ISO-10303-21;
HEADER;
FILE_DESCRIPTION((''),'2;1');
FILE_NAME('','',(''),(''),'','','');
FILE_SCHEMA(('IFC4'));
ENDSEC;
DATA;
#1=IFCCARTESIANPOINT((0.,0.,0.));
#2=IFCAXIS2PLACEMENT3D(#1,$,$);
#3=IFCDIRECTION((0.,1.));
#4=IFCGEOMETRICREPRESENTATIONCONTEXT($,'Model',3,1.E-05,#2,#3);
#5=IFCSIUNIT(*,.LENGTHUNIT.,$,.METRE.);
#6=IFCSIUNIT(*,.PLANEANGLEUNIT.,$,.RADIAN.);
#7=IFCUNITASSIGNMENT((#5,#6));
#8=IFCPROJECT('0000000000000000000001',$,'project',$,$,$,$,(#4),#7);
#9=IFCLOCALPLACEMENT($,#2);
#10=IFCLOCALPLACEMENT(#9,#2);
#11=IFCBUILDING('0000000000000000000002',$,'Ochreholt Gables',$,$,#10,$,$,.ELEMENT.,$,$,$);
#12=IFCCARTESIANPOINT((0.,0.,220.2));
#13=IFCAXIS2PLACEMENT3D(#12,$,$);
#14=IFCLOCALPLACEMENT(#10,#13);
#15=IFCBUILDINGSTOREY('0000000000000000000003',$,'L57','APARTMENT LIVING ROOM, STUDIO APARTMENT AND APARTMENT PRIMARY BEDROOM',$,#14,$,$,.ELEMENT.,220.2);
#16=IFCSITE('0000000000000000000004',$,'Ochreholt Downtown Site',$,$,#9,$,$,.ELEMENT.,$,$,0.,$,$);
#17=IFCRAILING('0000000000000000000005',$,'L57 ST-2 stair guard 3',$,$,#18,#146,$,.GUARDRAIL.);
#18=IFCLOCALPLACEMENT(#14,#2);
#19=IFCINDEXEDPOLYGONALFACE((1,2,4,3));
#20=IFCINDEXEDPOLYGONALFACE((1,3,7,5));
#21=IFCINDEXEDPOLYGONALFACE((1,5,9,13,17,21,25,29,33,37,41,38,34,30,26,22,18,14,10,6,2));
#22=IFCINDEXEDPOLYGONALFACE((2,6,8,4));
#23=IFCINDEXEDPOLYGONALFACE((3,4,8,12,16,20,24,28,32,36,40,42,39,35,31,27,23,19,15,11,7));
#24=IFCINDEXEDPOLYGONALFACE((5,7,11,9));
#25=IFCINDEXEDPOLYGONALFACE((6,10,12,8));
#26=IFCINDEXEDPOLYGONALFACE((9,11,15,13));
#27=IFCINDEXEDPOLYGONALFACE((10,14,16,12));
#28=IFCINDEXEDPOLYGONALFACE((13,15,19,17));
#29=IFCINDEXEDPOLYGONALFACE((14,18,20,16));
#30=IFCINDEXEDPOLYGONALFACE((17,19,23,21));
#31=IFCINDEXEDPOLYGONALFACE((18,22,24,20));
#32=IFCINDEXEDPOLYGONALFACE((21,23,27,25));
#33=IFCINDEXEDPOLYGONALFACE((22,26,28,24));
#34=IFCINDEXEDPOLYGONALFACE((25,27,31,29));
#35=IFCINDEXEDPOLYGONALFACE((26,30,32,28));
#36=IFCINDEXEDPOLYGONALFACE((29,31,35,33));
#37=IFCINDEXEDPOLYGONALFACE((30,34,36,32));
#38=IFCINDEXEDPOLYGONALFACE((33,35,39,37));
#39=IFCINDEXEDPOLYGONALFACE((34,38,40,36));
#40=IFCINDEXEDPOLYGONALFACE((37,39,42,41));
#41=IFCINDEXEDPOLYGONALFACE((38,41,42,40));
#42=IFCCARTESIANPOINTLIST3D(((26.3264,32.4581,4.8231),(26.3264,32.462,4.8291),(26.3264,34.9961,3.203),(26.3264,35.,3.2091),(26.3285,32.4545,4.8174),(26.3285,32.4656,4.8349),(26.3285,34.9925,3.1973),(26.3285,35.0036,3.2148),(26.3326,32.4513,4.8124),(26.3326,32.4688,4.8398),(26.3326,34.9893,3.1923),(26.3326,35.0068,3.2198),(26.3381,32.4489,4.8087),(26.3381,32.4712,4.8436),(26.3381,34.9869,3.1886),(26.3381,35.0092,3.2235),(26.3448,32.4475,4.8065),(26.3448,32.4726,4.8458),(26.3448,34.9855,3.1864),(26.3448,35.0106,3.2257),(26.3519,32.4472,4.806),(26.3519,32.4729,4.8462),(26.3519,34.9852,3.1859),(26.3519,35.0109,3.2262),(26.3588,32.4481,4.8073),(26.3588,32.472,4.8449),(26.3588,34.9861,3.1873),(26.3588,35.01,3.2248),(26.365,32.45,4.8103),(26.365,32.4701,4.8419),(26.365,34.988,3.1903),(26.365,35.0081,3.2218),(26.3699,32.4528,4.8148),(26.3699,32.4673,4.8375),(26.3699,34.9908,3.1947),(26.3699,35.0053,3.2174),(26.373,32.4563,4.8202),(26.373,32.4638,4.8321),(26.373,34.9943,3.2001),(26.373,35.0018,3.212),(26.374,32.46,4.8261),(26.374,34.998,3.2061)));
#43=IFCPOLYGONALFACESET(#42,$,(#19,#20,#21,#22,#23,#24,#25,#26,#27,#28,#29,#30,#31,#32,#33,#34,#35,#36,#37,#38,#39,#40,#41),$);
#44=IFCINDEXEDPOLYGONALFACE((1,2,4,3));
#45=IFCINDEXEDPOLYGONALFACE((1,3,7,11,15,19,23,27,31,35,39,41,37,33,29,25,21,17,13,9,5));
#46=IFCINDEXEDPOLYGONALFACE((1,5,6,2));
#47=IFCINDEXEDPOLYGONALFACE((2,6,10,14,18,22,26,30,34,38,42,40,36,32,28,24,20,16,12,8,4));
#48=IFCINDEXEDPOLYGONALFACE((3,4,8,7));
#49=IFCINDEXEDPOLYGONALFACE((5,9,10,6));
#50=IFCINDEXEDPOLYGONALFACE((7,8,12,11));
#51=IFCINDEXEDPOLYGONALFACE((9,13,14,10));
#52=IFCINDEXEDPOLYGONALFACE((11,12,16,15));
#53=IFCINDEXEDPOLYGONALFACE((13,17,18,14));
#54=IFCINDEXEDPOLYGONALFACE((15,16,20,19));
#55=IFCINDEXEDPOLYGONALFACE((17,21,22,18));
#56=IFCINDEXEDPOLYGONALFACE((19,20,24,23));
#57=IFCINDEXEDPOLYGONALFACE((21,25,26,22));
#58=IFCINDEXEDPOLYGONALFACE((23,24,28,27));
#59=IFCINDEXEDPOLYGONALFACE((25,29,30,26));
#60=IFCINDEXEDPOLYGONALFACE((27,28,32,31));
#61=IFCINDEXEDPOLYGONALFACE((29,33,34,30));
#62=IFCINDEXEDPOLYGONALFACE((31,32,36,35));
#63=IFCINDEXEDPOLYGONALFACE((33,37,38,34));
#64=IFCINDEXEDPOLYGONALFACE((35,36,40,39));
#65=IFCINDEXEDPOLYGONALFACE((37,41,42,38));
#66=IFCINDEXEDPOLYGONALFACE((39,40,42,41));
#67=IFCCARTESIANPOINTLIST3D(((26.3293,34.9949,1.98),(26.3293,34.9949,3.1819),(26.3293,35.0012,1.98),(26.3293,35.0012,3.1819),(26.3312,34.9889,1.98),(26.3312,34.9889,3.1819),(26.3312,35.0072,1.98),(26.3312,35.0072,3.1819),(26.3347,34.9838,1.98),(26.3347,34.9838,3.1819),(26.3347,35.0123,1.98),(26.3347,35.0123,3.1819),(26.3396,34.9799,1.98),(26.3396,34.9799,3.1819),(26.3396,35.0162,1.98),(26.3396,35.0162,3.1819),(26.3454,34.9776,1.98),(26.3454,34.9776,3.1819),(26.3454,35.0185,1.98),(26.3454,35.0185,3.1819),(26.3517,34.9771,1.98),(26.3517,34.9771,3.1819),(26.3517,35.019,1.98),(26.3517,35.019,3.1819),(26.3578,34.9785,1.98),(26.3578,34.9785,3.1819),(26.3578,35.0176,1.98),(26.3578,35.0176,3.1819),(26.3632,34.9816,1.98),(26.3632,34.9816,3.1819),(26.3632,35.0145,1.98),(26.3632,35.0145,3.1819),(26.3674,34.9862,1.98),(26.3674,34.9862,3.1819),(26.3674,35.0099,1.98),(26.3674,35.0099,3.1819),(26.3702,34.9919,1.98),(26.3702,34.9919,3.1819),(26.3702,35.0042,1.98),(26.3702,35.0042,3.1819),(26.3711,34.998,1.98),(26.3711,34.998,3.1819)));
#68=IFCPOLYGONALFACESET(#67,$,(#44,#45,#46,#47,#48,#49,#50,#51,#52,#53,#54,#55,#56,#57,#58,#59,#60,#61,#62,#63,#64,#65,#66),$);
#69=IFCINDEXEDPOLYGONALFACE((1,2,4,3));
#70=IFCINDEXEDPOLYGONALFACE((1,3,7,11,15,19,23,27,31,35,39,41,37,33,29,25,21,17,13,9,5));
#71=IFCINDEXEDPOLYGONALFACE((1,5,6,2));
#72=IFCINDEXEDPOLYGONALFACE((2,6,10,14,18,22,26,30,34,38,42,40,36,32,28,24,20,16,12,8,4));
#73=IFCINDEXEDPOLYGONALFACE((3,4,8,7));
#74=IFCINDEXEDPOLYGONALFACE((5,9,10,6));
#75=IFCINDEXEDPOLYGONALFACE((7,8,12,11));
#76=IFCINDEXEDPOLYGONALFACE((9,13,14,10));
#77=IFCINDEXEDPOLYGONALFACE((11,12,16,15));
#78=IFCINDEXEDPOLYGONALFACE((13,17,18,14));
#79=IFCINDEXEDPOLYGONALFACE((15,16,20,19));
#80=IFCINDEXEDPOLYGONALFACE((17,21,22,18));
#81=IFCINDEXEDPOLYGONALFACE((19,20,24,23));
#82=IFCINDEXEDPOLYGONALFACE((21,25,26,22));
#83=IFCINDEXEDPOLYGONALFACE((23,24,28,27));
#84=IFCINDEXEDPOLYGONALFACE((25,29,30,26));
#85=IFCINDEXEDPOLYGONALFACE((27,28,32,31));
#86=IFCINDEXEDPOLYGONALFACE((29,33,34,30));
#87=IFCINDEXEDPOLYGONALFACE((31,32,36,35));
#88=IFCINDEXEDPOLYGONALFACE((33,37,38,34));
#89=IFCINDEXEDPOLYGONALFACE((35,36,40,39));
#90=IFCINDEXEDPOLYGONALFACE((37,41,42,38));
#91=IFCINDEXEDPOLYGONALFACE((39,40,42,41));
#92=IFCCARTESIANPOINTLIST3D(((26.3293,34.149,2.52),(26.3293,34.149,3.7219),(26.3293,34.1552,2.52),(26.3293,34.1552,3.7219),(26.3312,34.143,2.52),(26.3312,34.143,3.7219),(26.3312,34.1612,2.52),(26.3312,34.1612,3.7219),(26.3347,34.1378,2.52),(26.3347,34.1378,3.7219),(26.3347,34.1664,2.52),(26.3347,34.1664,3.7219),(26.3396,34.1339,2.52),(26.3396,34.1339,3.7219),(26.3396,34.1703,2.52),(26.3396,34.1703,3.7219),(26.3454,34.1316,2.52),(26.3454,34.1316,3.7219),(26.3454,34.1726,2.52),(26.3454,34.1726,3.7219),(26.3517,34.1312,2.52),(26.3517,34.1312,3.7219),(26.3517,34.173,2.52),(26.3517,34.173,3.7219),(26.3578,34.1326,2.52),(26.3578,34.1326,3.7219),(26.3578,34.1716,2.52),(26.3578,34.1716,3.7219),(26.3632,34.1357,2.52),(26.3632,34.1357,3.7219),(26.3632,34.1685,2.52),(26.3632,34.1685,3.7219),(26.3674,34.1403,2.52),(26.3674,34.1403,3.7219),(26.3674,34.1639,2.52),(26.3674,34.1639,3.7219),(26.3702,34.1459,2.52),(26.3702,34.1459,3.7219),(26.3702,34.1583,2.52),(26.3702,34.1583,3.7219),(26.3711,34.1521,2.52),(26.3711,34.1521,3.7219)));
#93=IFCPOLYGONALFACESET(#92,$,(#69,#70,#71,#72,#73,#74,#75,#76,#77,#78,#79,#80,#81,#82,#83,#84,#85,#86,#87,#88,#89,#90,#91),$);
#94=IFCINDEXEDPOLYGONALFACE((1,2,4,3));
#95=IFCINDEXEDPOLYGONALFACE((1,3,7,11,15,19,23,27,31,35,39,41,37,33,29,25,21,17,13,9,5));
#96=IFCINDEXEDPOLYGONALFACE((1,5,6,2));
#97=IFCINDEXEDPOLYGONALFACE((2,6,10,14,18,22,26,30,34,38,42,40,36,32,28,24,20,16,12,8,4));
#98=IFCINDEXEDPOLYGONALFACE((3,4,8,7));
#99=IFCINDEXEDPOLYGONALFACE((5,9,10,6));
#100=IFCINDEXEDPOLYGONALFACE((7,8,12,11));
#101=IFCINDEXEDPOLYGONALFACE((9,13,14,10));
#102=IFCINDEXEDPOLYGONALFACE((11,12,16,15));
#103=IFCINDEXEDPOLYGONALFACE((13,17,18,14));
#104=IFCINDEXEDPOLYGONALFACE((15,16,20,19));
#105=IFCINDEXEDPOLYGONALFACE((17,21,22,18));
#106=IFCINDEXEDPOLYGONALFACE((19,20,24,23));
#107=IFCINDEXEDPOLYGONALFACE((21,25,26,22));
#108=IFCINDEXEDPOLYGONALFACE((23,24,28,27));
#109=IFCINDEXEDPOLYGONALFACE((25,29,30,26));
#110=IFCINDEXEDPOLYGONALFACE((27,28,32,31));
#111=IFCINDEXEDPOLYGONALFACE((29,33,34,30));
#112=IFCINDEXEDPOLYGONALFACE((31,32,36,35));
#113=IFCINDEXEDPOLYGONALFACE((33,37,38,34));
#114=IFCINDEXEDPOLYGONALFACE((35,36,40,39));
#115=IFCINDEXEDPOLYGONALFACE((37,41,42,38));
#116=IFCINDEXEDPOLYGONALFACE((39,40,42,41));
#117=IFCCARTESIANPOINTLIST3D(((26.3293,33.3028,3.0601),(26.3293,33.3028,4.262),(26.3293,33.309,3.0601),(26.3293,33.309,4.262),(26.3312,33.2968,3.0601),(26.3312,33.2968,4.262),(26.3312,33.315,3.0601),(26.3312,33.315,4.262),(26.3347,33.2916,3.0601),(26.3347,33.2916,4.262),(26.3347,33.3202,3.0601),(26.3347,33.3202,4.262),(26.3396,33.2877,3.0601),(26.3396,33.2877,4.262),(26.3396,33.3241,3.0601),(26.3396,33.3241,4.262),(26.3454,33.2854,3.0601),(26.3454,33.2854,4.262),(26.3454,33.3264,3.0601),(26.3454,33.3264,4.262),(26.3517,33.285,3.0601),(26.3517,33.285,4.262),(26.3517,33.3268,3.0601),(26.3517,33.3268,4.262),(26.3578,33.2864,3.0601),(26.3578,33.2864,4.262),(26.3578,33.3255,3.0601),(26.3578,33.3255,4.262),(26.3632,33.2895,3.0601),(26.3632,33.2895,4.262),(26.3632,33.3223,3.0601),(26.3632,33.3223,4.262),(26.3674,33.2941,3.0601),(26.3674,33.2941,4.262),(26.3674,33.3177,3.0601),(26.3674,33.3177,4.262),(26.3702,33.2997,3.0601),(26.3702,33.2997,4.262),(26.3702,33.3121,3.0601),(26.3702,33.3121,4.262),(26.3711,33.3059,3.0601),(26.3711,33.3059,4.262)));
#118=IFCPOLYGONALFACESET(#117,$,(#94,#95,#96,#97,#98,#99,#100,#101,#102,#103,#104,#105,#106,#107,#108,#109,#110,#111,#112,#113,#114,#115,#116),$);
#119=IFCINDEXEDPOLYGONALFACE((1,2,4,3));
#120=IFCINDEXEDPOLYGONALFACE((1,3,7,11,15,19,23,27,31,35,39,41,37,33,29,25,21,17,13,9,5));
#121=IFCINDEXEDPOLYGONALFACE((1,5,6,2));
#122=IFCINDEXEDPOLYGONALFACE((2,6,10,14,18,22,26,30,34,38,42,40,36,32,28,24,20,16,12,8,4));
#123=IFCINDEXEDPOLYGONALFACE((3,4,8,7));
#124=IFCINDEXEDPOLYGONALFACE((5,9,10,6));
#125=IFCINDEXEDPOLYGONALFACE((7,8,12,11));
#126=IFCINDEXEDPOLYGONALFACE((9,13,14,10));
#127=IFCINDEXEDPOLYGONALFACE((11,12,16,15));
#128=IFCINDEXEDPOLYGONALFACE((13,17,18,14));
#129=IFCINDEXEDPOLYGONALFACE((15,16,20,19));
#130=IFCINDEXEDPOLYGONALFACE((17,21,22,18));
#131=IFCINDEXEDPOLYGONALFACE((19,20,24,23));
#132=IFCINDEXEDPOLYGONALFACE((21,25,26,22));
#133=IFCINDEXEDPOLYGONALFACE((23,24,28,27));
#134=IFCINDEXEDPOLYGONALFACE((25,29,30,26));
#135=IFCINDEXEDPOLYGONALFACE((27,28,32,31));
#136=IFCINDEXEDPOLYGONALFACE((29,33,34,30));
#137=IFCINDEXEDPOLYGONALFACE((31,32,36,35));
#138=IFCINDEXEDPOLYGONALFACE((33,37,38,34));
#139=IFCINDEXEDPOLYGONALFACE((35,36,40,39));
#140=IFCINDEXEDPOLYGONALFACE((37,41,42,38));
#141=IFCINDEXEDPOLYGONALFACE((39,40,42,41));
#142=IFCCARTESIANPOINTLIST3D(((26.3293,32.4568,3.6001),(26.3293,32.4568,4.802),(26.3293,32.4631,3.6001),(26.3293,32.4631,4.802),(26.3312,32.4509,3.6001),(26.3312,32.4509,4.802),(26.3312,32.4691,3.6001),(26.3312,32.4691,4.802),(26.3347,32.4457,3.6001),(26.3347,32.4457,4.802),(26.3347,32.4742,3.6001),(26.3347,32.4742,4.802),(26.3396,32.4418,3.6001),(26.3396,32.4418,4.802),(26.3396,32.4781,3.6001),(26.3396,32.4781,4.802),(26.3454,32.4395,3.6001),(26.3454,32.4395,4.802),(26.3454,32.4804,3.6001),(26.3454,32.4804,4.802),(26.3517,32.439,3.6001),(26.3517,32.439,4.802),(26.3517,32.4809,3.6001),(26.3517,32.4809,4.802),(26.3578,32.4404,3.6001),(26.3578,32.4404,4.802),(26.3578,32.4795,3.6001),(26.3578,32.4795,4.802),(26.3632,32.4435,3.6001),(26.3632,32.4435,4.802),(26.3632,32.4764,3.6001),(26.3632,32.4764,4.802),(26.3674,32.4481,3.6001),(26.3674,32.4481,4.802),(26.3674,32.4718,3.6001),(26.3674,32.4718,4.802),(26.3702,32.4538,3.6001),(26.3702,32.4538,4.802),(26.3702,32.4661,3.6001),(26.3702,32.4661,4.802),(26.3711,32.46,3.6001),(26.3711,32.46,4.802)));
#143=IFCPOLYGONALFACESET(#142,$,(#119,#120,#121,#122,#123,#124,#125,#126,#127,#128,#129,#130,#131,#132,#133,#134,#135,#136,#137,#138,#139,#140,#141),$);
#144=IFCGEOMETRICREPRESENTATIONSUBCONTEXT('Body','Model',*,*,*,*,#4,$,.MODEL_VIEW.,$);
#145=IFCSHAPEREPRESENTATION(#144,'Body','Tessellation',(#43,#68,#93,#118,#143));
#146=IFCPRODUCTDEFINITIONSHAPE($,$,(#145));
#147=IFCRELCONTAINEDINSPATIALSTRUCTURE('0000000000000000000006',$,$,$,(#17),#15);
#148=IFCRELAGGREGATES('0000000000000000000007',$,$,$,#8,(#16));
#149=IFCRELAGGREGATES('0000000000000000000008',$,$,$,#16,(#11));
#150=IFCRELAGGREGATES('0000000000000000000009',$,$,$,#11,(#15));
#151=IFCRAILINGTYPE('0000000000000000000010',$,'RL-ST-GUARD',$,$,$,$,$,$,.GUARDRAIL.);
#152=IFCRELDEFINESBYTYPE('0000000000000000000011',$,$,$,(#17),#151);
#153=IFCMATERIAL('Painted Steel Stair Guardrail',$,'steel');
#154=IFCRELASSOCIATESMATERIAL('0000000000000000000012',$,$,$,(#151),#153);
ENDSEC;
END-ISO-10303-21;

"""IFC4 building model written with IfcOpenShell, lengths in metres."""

from ifc_helpers import new_model, si_unit, direction, frame, origin, origin_2d, place, context, subcontext, project, spatial, circle, extrude, material, type_object, element, save


model = new_model("IFC4")

# Units and contexts
model_context = context("Model", 3, precision=1e-05, world=origin(), true_north=direction((0.0, 1.0)))
body_context = subcontext(model_context, "Body", "Model", "MODEL_VIEW")
ifc_project = project(units=[si_unit("LENGTHUNIT", "METRE"), si_unit("PLANEANGLEUNIT", "RADIAN")], contexts=[model_context])

# Site, building, storey
site_placement = place(None, origin())
site = spatial("IfcSite", under=ifc_project, at=site_placement, Name="Ochreholt Downtown Site", CompositionType="ELEMENT", RefElevation=0.0)
building_placement = place(site_placement, origin())
building = spatial("IfcBuilding", under=site, at=building_placement, Name="Ochreholt Gables", CompositionType="ELEMENT")
storey_placement = place(building_placement, frame((0.0, 0.0, 220.2)))
storey = spatial("IfcBuildingStorey", under=building, at=storey_placement, Name="L57", Description="APARTMENT LIVING ROOM, STUDIO APARTMENT AND APARTMENT PRIMARY BEDROOM", CompositionType="ELEMENT", Elevation=220.2)

# Railing
ifc_material_1 = material(Name="Painted Steel Stair Guardrail", Category="steel")
railing_type_1 = type_object("IfcRailingType", Name="RL-ST-GUARD", PredefinedType="GUARDRAIL", material=ifc_material_1)
railing_1_placement = place(storey_placement, frame((26.3501, 34.998, 1.98)))
element("IfcRailing", 1, at=railing_1_placement, inside=storey, type_object=railing_type_1, Name="L57 ST-2 stair guard 3", PredefinedType="GUARDRAIL", context=body_context, shape_type="SweptSolid", body=[
    extrude(circle(Radius=0.0239, at=origin_2d()), frame((0.0, 0.0, 1.2261), z_axis=(0.0, -0.842913, 0.53805), x_axis=(1.0, 0.0, 0.0)), (0.0, 0.0, 1.0), 3.011),
    extrude(circle(Radius=0.021, at=origin_2d()), origin(), (0.0, 0.0, 1.0), 1.2019),
    extrude(circle(Radius=0.021, at=origin_2d()), frame((0.0, -0.8459, 0.54)), (0.0, 0.0, 1.0), 1.2019),
    extrude(circle(Radius=0.021, at=origin_2d()), frame((0.0, -1.6921, 1.0801)), (0.0, 0.0, 1.0), 1.2019),
    extrude(circle(Radius=0.021, at=origin_2d()), frame((0.0, -2.5381, 1.6201)), (0.0, 0.0, 1.0), 1.2019),
])

save(model, "model.ifc")
